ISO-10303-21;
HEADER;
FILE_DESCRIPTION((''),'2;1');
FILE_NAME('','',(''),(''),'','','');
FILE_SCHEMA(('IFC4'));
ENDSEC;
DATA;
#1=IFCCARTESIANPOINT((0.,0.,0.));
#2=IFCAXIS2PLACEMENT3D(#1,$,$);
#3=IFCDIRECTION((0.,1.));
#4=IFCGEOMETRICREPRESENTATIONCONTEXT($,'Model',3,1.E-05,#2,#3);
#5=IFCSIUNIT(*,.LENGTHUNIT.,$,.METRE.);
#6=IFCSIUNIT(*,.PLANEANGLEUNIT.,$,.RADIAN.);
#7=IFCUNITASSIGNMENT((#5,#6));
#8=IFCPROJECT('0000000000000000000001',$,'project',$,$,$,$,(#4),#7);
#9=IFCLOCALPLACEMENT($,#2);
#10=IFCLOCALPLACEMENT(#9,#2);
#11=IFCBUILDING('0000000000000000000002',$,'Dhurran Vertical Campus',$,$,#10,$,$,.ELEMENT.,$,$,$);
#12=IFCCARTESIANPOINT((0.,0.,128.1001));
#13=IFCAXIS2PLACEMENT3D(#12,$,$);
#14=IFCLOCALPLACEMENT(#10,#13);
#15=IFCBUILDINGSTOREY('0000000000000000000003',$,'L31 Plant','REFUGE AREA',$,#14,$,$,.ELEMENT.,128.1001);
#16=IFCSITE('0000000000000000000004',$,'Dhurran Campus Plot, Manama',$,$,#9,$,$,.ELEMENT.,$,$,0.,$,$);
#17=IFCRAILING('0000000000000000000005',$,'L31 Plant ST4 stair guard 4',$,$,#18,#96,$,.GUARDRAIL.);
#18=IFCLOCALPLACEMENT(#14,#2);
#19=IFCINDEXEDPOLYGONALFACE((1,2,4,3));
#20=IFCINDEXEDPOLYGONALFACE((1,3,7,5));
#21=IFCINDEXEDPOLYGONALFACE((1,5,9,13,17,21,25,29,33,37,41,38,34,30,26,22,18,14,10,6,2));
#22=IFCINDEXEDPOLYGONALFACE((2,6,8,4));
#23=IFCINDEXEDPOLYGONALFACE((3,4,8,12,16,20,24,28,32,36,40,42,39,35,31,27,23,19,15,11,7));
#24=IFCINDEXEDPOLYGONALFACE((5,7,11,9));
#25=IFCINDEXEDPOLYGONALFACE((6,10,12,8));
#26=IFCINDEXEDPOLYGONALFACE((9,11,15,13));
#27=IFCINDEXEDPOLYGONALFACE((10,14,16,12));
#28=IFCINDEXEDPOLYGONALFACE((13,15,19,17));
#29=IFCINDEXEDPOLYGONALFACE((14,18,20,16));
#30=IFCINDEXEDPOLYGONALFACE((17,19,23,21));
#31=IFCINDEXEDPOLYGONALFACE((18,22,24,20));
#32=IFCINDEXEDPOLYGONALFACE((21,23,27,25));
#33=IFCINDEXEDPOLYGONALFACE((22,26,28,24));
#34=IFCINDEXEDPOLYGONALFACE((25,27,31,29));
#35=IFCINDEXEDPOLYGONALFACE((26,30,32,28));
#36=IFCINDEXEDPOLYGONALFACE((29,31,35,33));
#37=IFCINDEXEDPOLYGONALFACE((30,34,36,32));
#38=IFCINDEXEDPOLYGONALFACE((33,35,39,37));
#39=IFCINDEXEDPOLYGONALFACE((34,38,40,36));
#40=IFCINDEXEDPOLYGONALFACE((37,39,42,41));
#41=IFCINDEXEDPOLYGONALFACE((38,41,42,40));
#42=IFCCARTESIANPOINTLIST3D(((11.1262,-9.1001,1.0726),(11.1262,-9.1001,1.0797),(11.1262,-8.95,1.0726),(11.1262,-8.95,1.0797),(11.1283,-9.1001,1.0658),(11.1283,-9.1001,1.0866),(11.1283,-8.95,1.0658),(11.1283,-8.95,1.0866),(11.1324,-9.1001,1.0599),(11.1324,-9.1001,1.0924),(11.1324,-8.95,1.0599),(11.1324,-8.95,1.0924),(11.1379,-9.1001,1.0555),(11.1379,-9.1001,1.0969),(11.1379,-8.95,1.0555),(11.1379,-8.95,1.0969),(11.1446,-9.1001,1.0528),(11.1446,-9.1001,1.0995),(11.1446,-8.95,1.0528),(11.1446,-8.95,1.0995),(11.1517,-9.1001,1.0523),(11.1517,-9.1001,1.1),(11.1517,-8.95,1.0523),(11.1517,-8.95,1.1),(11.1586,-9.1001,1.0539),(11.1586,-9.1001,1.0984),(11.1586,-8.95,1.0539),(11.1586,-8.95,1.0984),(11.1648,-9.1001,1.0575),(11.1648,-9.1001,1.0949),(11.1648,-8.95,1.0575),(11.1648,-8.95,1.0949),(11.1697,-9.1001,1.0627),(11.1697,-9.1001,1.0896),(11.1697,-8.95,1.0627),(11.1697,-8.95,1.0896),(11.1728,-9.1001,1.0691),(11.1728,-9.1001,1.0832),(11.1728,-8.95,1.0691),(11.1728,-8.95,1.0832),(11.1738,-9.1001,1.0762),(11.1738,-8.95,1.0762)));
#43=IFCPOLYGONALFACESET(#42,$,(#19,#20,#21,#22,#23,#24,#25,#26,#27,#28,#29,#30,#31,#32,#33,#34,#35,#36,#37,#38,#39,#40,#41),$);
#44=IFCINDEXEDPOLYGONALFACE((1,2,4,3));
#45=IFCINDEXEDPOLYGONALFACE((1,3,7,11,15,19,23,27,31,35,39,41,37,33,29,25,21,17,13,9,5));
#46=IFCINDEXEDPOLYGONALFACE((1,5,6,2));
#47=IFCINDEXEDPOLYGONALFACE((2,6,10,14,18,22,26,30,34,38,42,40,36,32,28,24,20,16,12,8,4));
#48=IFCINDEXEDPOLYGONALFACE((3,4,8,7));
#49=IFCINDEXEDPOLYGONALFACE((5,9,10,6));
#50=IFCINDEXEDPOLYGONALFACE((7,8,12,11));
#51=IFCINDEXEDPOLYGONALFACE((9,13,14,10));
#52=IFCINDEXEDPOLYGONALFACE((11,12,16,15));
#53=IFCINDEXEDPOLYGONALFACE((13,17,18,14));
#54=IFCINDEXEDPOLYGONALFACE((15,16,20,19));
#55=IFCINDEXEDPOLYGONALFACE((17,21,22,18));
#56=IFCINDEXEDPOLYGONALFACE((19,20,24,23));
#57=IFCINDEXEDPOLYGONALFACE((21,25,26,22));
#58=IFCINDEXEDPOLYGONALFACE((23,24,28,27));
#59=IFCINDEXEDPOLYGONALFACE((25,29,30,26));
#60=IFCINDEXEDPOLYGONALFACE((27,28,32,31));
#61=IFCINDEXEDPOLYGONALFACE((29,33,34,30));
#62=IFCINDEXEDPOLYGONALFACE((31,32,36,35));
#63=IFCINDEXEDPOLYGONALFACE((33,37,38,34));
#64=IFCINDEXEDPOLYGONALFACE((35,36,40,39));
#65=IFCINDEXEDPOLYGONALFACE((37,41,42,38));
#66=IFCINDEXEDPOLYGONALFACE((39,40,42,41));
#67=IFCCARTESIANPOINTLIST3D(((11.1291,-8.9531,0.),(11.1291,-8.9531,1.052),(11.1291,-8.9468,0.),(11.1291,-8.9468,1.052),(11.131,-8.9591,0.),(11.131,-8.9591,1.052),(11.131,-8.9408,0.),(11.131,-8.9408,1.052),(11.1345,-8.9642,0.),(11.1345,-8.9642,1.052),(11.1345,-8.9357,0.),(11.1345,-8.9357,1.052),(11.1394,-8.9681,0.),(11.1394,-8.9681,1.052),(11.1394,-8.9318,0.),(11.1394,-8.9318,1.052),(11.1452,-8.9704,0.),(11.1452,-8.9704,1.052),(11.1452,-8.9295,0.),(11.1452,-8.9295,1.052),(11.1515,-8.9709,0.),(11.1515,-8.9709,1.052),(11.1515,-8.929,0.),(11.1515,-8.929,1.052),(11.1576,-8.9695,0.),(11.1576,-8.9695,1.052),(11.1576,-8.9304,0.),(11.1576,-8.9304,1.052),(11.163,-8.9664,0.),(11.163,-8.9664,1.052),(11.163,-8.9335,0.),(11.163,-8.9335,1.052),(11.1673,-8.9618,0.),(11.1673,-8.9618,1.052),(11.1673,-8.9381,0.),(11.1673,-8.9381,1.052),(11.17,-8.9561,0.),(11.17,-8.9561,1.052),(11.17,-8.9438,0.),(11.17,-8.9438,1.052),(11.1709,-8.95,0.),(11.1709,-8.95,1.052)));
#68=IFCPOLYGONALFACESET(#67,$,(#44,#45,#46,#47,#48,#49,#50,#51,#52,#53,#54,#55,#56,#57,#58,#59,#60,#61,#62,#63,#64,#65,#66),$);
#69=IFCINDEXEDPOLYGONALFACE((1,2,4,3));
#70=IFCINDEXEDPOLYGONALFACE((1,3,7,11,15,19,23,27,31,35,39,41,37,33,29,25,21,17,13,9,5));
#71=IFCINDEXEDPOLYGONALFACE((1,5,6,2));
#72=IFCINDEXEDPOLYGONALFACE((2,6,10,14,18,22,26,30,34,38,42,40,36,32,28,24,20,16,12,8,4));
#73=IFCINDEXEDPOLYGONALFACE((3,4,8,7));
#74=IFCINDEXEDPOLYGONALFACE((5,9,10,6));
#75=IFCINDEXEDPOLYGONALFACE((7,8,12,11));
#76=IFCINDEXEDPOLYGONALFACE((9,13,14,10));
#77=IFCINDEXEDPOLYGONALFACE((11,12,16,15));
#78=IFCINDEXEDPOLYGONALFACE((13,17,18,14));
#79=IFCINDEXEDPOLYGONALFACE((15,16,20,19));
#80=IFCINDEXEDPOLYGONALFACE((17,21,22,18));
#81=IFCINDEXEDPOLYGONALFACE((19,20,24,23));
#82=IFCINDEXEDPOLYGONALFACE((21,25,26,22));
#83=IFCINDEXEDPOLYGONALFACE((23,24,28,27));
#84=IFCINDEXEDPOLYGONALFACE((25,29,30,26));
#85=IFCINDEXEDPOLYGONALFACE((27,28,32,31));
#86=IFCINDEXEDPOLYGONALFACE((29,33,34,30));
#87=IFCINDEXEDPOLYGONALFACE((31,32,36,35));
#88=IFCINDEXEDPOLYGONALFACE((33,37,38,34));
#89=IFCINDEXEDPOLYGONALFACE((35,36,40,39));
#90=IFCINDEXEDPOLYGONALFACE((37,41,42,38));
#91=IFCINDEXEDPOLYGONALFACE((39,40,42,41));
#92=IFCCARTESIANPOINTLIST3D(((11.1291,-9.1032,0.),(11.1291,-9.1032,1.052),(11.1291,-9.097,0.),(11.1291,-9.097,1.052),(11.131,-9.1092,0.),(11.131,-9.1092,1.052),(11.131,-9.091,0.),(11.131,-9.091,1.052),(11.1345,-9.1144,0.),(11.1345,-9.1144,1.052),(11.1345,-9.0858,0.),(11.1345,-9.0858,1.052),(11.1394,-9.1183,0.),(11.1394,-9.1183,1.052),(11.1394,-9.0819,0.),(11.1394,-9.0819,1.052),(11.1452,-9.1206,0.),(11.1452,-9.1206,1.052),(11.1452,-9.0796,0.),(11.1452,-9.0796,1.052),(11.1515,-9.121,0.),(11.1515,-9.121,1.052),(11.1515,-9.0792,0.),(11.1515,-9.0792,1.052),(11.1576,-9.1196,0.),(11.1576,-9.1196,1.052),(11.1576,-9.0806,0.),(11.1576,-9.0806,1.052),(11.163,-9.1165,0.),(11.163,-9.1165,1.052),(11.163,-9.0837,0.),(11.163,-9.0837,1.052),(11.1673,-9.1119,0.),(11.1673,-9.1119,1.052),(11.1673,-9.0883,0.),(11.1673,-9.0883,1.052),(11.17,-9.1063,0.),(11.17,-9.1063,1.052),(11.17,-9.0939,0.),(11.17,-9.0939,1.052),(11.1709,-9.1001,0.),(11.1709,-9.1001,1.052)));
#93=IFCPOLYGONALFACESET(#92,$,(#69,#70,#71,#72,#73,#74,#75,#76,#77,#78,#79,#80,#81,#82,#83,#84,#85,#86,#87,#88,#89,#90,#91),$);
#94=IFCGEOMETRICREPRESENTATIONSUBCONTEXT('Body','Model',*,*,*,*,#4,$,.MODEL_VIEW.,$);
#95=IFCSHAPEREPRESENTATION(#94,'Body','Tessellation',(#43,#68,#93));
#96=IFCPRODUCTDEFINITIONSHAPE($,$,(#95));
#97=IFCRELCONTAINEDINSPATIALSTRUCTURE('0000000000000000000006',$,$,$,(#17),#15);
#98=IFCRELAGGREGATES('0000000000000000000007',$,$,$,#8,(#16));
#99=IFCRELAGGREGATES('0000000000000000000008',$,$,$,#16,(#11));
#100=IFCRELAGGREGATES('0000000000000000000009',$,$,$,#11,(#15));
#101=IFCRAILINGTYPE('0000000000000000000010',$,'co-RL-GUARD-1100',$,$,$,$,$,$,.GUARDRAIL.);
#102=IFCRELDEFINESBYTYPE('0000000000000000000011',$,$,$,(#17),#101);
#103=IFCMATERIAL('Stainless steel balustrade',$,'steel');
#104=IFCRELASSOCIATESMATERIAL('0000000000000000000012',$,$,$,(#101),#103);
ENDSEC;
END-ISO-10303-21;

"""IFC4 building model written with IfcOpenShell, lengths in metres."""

from ifc_helpers import new_model, si_unit, direction, frame, origin, origin_2d, place, context, subcontext, project, spatial, circle, extrude, material, type_object, element, save


model = new_model("IFC4")

# Units and contexts
model_context = context("Model", 3, precision=1e-05, world=origin(), true_north=direction((0.0, 1.0)))
body_context = subcontext(model_context, "Body", "Model", "MODEL_VIEW")
ifc_project = project(units=[si_unit("LENGTHUNIT", "METRE"), si_unit("PLANEANGLEUNIT", "RADIAN")], contexts=[model_context])

# Site, building, storey
site_placement = place(None, origin())
site = spatial("IfcSite", under=ifc_project, at=site_placement, Name="Dhurran Campus Plot, Manama", CompositionType="ELEMENT", RefElevation=0.0)
building_placement = place(site_placement, origin())
building = spatial("IfcBuilding", under=site, at=building_placement, Name="Dhurran Vertical Campus", CompositionType="ELEMENT")
storey_placement = place(building_placement, frame((0.0, 0.0, 128.1001)))
storey = spatial("IfcBuildingStorey", under=building, at=storey_placement, Name="L31 Plant", Description="REFUGE AREA", CompositionType="ELEMENT", Elevation=128.1001)

# Railing
ifc_material_1 = material(Name="Stainless steel balustrade", Category="steel")
railing_type_1 = type_object("IfcRailingType", Name="co-RL-GUARD-1100", PredefinedType="GUARDRAIL", material=ifc_material_1)
railing_1_placement = place(storey_placement, frame((11.1499, -8.95, 0.0)))
element("IfcRailing", 1, at=railing_1_placement, inside=storey, type_object=railing_type_1, Name="L31 Plant ST4 stair guard 4", PredefinedType="GUARDRAIL", context=body_context, shape_type="SweptSolid", body=[
    extrude(circle(Radius=0.0239, at=origin_2d()), frame((0.0, 0.0, 1.0762), z_axis=(0.0, -1.0, 0.0), x_axis=(1.0, 0.0, 0.0)), (0.0, 0.0, 1.0), 0.1501),
    extrude(circle(Radius=0.021, at=origin_2d()), origin(), (0.0, 0.0, 1.0), 1.052),
    extrude(circle(Radius=0.021, at=origin_2d()), frame((0.0, -0.1501, 0.0)), (0.0, 0.0, 1.0), 1.052),
])

save(model, "model.ifc")
